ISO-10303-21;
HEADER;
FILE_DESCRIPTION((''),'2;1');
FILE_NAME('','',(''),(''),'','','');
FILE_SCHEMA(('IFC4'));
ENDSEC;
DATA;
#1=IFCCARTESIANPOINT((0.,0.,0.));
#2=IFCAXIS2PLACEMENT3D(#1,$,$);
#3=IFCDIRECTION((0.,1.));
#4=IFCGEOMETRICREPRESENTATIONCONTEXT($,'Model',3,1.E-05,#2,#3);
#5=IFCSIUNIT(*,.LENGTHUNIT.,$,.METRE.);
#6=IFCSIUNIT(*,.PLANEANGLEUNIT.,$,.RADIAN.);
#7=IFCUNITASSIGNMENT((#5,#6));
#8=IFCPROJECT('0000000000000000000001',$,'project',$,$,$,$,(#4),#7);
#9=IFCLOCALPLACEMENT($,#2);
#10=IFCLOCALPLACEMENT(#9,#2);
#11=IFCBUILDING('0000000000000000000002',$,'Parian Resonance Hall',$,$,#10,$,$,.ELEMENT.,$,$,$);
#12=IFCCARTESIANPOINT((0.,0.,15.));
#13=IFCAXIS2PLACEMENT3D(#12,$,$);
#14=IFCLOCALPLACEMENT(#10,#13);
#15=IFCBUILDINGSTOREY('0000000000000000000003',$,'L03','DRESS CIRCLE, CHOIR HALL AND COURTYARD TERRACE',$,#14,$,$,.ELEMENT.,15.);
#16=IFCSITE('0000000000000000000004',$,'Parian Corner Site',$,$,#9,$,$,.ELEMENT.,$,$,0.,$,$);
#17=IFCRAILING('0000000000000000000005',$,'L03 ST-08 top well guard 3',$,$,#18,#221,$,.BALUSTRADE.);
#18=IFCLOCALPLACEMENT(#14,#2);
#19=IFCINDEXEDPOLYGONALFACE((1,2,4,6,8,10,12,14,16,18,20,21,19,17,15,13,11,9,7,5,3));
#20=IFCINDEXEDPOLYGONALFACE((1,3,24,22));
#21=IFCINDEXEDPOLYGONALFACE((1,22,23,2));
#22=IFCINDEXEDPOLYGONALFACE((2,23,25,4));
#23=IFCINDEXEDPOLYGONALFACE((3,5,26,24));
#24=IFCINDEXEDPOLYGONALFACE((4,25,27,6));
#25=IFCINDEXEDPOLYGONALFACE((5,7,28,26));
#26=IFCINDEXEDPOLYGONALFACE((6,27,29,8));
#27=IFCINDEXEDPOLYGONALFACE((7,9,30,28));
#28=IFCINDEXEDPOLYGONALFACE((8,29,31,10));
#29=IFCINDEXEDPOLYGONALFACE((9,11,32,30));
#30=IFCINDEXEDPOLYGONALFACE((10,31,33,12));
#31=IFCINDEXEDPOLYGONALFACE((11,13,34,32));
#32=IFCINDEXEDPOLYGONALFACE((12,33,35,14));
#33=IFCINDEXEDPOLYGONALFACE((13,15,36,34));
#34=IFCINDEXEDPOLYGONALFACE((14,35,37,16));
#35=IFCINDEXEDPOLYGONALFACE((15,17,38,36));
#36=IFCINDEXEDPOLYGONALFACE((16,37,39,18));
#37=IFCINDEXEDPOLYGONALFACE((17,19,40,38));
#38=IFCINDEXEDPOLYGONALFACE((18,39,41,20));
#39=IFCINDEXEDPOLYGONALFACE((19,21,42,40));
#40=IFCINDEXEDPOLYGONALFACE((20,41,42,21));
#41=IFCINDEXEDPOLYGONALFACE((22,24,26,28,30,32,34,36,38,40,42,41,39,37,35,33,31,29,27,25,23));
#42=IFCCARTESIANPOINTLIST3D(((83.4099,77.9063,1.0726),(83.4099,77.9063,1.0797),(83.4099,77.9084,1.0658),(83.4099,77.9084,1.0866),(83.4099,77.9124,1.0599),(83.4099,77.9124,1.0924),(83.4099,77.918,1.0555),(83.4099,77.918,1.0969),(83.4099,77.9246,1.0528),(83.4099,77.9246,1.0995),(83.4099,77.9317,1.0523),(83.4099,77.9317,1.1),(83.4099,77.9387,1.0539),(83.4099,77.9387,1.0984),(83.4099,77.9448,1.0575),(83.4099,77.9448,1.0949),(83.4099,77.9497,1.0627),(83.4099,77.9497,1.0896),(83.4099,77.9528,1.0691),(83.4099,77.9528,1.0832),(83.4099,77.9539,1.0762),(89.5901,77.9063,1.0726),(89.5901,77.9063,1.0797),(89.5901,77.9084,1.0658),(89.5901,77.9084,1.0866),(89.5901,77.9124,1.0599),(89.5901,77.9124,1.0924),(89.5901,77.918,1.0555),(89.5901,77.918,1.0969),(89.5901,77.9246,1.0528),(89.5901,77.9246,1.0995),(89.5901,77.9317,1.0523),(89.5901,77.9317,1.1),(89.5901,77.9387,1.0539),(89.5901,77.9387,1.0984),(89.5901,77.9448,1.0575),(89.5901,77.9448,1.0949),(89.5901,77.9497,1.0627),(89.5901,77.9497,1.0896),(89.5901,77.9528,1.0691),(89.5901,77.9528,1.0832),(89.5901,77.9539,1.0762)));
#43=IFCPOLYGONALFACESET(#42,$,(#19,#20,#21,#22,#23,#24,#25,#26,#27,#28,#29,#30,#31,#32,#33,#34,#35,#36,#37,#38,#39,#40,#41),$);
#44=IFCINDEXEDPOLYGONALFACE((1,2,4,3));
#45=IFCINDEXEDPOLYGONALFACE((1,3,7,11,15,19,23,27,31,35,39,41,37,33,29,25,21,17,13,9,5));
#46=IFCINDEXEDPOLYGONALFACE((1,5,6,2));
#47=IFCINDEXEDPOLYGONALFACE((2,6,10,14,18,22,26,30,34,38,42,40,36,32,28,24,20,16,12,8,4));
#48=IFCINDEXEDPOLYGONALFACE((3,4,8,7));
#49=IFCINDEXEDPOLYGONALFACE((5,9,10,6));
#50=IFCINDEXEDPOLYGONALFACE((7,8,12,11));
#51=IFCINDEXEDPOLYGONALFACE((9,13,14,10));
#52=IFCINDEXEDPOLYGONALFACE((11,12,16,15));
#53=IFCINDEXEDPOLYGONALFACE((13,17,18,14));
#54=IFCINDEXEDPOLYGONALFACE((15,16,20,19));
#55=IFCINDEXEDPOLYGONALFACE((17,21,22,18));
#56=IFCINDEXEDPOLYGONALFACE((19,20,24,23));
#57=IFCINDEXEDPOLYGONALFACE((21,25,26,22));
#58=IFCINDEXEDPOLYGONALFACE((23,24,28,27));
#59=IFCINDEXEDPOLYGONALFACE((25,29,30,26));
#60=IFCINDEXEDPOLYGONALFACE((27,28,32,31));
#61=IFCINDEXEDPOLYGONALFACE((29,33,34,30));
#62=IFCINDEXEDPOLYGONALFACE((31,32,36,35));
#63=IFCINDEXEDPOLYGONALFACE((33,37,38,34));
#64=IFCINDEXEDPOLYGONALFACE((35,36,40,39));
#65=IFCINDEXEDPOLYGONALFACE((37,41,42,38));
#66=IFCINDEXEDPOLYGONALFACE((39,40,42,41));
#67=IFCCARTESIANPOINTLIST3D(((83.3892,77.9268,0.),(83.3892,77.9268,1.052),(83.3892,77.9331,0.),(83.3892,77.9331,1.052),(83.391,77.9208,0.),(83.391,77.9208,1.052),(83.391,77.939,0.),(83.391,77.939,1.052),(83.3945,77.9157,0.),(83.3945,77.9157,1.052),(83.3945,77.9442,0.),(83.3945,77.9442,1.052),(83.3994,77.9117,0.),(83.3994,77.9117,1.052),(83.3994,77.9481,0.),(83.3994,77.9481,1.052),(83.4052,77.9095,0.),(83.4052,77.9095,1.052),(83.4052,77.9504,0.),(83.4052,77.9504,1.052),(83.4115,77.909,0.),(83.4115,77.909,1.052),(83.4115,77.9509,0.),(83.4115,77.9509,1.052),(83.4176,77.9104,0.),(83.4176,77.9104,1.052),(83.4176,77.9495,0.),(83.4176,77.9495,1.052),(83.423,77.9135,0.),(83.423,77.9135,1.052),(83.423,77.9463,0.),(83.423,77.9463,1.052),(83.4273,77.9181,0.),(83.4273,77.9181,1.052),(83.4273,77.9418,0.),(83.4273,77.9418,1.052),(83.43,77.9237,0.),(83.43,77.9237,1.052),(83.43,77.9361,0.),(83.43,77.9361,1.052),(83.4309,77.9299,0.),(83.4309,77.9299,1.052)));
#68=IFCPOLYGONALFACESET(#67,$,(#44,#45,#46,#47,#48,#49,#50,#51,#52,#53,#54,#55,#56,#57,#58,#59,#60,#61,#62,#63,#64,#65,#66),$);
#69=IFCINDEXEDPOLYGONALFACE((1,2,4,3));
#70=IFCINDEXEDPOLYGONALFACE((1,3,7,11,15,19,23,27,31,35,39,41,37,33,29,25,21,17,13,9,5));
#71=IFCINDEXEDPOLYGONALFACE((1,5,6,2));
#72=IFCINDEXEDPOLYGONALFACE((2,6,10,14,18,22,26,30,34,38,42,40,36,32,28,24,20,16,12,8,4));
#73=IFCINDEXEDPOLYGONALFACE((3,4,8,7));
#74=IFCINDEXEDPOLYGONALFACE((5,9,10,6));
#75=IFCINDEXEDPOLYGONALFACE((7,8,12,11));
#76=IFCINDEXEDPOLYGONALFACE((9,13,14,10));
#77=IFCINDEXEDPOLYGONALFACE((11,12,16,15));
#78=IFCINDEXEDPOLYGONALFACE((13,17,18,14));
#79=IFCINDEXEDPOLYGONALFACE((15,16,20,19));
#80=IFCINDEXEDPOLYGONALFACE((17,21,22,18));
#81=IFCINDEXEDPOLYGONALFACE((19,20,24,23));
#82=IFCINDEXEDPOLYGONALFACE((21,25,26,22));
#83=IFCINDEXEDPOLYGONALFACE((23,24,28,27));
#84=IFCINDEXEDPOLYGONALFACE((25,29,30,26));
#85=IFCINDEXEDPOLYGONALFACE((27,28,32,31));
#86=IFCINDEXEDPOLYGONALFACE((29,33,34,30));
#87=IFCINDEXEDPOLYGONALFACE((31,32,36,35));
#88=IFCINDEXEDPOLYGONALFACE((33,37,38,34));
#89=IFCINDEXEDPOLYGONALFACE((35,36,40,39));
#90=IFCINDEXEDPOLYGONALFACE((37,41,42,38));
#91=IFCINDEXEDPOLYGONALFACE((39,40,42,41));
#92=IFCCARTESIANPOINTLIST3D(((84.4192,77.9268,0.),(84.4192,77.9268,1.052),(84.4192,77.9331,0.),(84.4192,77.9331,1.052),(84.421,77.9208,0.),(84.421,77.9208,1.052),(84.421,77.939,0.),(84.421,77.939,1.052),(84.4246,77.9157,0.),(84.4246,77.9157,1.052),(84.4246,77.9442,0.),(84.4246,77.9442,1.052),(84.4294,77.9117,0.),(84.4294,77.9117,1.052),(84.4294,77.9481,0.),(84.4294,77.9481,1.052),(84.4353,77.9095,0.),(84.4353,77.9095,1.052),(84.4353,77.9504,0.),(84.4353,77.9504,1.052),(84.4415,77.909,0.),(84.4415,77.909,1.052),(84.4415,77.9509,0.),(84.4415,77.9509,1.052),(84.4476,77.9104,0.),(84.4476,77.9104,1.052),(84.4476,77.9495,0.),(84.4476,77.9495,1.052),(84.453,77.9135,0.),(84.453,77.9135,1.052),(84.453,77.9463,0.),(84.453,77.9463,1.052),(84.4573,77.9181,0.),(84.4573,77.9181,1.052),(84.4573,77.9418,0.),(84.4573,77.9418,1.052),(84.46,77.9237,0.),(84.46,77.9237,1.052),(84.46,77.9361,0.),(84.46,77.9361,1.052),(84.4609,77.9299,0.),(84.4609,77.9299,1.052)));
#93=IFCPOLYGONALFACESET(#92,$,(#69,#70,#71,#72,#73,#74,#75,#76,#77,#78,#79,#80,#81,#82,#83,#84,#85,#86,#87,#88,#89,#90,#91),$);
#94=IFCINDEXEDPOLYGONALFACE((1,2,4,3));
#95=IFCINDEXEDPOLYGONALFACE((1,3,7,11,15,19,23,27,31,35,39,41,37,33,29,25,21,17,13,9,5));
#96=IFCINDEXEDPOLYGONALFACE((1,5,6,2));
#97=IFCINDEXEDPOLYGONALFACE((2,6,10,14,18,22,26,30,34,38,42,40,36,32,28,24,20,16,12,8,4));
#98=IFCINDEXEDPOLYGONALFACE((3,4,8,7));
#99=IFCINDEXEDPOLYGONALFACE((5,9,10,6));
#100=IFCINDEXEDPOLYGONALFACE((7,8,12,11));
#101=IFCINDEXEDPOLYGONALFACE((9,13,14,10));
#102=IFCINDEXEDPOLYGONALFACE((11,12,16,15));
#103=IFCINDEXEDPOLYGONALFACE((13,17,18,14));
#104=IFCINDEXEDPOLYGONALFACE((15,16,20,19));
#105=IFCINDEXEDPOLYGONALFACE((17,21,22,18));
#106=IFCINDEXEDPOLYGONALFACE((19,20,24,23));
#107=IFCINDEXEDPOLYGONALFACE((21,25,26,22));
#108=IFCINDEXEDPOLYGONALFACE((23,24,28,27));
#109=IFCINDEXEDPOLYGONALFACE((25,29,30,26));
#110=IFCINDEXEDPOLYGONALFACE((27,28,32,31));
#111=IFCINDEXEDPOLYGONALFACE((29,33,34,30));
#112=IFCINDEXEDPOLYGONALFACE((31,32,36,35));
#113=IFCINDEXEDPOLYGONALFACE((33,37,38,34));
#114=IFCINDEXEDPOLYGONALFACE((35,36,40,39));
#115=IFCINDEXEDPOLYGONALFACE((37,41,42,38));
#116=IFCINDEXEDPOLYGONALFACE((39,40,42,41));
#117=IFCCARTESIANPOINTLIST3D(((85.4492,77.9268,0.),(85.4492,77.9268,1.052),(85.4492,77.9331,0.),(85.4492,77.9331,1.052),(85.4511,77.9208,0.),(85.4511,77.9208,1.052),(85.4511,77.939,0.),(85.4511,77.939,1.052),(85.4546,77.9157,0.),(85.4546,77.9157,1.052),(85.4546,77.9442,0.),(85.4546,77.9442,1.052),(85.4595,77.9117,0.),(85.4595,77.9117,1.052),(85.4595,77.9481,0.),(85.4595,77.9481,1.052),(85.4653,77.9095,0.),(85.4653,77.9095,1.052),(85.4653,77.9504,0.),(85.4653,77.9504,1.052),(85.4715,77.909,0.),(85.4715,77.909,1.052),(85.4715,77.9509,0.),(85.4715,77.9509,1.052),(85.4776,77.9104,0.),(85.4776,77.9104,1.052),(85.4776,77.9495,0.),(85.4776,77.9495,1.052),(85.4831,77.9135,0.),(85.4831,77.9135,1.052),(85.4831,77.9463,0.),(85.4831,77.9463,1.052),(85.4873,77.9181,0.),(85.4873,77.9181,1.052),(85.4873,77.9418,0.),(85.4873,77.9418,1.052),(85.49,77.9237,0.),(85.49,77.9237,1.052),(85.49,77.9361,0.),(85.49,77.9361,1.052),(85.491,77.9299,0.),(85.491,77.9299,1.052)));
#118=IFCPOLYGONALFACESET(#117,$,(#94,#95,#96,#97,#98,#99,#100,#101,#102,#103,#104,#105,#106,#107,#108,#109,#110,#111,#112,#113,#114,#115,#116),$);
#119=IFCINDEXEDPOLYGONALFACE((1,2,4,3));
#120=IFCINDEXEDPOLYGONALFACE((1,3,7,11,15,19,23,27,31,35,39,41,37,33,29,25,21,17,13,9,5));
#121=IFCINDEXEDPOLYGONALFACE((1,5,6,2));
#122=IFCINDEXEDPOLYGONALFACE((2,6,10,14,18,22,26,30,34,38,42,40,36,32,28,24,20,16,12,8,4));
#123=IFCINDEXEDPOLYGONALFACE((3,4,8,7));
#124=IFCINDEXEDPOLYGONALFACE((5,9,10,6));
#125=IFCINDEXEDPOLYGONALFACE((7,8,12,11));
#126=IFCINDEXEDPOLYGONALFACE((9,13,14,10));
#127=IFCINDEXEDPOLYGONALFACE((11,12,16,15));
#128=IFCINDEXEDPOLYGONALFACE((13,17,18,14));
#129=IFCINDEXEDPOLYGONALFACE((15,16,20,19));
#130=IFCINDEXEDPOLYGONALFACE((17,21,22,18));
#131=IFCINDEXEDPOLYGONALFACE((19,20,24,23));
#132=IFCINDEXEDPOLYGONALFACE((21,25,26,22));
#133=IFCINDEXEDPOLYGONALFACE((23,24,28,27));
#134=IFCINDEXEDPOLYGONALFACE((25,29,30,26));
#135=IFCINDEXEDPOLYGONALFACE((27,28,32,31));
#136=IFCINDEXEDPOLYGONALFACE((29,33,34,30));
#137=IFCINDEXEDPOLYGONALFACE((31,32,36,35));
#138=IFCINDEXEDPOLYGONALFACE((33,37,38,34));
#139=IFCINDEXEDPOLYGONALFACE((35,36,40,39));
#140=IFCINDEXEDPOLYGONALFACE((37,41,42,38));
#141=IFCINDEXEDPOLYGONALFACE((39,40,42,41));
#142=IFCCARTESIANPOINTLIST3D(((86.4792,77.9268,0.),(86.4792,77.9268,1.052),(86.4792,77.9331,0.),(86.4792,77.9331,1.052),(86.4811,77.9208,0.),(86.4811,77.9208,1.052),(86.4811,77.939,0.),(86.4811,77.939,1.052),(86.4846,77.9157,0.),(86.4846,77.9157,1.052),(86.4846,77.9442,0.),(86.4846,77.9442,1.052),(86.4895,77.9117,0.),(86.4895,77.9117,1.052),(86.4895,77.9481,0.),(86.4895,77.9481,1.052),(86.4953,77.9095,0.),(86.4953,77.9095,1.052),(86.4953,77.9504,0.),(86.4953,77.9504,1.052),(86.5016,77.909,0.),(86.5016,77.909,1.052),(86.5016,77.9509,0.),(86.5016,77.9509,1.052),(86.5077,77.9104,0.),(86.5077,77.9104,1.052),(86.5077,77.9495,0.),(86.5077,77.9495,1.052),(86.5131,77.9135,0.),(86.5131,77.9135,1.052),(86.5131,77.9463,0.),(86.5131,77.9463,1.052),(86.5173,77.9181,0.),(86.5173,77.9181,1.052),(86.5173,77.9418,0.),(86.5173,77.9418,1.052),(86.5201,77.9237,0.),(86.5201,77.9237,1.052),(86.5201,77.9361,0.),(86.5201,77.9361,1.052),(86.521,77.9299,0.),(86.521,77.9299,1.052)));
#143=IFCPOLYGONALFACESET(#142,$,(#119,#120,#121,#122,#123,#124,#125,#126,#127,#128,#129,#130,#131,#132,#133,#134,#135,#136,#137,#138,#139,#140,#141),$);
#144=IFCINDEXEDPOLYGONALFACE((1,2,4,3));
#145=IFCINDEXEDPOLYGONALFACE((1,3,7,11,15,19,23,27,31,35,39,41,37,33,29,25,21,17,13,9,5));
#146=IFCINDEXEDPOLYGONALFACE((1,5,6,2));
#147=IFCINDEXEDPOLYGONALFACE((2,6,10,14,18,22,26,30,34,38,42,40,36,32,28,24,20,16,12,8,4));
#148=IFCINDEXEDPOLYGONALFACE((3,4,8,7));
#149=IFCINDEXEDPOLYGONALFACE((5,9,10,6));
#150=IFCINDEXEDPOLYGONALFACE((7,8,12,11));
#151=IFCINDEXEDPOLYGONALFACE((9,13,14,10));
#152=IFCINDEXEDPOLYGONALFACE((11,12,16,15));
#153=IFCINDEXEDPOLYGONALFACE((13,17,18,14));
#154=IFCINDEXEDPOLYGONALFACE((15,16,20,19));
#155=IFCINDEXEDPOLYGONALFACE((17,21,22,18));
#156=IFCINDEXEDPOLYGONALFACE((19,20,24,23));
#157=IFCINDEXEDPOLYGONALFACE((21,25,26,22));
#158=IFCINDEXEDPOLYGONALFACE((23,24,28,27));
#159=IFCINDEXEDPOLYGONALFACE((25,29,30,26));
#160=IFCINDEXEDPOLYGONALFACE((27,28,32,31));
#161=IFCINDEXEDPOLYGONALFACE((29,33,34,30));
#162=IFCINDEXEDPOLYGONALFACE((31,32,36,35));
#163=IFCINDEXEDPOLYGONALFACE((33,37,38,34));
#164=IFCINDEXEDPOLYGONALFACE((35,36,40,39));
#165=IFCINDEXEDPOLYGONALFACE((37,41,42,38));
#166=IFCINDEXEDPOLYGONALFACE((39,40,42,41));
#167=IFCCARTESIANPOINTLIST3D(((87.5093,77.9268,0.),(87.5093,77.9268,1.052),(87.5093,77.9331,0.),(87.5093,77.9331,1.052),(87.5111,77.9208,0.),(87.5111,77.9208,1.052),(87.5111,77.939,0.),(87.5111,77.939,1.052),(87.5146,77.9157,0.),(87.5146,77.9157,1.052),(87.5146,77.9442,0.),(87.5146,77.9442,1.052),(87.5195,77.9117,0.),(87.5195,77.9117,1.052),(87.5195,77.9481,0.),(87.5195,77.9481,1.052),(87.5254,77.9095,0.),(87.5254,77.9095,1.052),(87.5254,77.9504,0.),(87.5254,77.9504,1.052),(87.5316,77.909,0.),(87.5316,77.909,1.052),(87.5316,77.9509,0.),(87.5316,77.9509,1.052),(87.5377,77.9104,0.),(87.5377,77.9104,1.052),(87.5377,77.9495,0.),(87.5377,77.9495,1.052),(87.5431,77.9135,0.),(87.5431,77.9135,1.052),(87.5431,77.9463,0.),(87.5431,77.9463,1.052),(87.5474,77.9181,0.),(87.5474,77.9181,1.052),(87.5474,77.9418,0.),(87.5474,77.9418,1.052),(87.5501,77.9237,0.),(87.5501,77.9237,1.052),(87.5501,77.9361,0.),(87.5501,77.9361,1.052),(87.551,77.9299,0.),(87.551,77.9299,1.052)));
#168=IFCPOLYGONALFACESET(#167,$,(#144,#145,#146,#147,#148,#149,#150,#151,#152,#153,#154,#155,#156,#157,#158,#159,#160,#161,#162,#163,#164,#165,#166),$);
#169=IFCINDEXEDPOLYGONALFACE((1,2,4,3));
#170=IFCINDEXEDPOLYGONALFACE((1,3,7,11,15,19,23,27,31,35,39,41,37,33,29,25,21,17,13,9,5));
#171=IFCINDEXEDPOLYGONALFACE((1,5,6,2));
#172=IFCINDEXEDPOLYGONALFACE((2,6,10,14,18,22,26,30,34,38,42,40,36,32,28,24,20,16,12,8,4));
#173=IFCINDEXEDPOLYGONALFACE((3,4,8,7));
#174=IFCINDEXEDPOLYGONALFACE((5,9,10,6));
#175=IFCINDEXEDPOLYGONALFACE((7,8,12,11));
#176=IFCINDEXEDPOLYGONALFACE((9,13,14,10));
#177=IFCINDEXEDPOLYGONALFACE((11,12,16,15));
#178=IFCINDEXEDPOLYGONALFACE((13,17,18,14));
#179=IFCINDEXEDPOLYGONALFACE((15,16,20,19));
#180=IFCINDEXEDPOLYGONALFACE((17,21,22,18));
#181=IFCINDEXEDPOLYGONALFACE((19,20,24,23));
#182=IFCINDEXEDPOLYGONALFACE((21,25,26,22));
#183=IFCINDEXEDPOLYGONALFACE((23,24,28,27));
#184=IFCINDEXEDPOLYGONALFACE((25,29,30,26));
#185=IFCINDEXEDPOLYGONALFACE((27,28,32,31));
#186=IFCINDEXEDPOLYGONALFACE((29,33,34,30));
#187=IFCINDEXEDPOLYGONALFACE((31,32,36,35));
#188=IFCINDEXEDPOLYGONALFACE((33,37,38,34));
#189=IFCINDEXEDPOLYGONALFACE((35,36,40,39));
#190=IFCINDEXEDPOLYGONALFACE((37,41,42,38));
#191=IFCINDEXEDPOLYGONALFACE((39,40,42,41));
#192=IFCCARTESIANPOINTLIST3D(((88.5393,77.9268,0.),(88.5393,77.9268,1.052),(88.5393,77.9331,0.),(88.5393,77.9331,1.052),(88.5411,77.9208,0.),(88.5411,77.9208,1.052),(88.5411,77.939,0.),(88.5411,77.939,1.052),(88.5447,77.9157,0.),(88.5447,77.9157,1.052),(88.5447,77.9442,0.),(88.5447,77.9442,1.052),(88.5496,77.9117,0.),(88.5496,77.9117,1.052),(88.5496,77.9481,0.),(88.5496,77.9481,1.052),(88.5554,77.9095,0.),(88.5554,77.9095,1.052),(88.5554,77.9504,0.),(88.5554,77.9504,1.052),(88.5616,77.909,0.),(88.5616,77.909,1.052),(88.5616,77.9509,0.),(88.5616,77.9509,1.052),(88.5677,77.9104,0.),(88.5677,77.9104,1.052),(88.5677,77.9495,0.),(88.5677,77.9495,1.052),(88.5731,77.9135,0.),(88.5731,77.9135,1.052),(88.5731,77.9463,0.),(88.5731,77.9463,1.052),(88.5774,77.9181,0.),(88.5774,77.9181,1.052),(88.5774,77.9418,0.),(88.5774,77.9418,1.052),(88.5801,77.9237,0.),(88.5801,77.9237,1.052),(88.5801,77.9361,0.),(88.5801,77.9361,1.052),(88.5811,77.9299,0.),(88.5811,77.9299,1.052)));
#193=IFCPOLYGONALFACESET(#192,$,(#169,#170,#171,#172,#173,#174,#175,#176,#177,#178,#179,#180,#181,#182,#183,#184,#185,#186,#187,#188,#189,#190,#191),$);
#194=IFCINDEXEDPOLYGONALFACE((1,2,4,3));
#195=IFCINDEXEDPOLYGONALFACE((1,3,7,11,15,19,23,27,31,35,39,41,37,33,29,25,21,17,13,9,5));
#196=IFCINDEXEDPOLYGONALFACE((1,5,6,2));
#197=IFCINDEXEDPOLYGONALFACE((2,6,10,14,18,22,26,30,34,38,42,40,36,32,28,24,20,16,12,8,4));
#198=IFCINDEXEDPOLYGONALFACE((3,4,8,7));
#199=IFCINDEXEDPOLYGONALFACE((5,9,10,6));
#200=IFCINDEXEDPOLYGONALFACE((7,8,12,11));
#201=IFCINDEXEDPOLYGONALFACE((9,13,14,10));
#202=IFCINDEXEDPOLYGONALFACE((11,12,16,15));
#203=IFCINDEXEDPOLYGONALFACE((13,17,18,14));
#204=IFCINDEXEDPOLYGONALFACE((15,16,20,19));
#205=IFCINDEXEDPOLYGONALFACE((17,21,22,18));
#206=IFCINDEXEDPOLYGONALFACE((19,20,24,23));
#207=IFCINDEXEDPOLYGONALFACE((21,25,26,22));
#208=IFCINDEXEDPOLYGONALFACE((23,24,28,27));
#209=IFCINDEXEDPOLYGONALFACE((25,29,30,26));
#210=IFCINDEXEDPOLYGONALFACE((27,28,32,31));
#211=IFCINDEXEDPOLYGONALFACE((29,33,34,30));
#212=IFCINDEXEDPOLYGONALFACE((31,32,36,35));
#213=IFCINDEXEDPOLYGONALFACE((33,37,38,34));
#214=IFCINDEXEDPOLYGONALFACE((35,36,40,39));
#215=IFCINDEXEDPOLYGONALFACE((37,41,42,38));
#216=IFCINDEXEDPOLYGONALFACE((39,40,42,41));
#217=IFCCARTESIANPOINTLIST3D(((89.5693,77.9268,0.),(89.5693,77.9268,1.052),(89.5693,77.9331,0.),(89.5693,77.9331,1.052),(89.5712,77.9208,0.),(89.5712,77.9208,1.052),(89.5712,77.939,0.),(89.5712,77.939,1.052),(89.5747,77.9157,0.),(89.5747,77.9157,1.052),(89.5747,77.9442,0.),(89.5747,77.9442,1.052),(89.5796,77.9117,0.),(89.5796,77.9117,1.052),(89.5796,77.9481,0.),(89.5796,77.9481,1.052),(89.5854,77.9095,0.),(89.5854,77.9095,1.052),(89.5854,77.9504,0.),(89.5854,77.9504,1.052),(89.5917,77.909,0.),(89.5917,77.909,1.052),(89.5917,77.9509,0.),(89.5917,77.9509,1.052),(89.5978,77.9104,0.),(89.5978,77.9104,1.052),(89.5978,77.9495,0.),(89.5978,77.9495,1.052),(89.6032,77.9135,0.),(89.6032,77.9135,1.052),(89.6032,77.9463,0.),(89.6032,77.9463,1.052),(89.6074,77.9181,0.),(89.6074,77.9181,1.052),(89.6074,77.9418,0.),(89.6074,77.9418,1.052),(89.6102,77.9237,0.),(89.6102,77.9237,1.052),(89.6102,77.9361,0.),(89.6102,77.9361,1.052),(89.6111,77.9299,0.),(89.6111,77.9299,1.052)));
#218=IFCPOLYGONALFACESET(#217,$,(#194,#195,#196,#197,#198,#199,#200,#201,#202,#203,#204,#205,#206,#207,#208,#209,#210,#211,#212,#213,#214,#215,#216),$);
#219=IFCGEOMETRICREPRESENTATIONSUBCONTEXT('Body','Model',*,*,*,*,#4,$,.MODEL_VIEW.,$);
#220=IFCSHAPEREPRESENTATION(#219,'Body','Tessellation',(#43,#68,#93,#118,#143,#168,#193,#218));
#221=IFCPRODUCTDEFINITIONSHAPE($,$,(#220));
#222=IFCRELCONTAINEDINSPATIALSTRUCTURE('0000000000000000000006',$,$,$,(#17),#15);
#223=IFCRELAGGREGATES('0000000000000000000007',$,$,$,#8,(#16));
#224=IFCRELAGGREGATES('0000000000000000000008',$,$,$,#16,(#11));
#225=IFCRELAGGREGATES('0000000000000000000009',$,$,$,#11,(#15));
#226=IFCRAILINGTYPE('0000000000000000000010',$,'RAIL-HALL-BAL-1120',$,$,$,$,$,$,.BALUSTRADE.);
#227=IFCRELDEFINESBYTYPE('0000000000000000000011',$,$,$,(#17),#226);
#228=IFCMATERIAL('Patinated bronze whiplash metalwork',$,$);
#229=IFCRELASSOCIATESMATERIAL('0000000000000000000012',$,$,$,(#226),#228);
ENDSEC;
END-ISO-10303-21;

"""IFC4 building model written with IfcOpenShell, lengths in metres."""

from ifc_helpers import new_model, si_unit, direction, frame, origin, origin_2d, place, context, subcontext, project, spatial, circle, extrude, material, type_object, element, save


model = new_model("IFC4")

# Units and contexts
model_context = context("Model", 3, precision=1e-05, world=origin(), true_north=direction((0.0, 1.0)))
body_context = subcontext(model_context, "Body", "Model", "MODEL_VIEW")
ifc_project = project(units=[si_unit("LENGTHUNIT", "METRE"), si_unit("PLANEANGLEUNIT", "RADIAN")], contexts=[model_context])

# Site, building, storey
site_placement = place(None, origin())
site = spatial("IfcSite", under=ifc_project, at=site_placement, Name="Parian Corner Site", CompositionType="ELEMENT", RefElevation=0.0)
building_placement = place(site_placement, origin())
building = spatial("IfcBuilding", under=site, at=building_placement, Name="Parian Resonance Hall", CompositionType="ELEMENT")
storey_placement = place(building_placement, frame((0.0, 0.0, 15.0)))
storey = spatial("IfcBuildingStorey", under=building, at=storey_placement, Name="L03", Description="DRESS CIRCLE, CHOIR HALL AND COURTYARD TERRACE", CompositionType="ELEMENT", Elevation=15.0)

# Railing
ifc_material_1 = material(Name="Patinated bronze whiplash metalwork")
railing_type = type_object("IfcRailingType", Name="RAIL-HALL-BAL-1120", PredefinedType="BALUSTRADE", material=ifc_material_1)
railing_placement = place(storey_placement, frame((83.4099, 77.9299, 0.0)))
element("IfcRailing", 1, at=railing_placement, inside=storey, type_object=railing_type, Name="L03 ST-08 top well guard 3", PredefinedType="BALUSTRADE", context=body_context, shape_type="SweptSolid", body=[
    extrude(circle(Radius=0.0239, at=origin_2d()), frame((0.0, 0.0, 1.0762), z_axis=(1.0, 0.0, 0.0), x_axis=(0.0, 1.0, 0.0)), (0.0, 0.0, 1.0), 6.1802),
    extrude(circle(Radius=0.021, at=origin_2d()), origin(), (0.0, 0.0, 1.0), 1.052),
    extrude(circle(Radius=0.021, at=origin_2d()), frame((1.03, 0.0, 0.0)), (0.0, 0.0, 1.0), 1.052),
    extrude(circle(Radius=0.021, at=origin_2d()), frame((2.0601, 0.0, 0.0)), (0.0, 0.0, 1.0), 1.052),
    extrude(circle(Radius=0.021, at=origin_2d()), frame((3.0901, 0.0, 0.0)), (0.0, 0.0, 1.0), 1.052),
    extrude(circle(Radius=0.021, at=origin_2d()), frame((4.1201, 0.0, 0.0)), (0.0, 0.0, 1.0), 1.052),
    extrude(circle(Radius=0.021, at=origin_2d()), frame((5.1501, 0.0, 0.0)), (0.0, 0.0, 1.0), 1.052),
    extrude(circle(Radius=0.021, at=origin_2d()), frame((6.1802, 0.0, 0.0)), (0.0, 0.0, 1.0), 1.052),
])

save(model, "model.ifc")
